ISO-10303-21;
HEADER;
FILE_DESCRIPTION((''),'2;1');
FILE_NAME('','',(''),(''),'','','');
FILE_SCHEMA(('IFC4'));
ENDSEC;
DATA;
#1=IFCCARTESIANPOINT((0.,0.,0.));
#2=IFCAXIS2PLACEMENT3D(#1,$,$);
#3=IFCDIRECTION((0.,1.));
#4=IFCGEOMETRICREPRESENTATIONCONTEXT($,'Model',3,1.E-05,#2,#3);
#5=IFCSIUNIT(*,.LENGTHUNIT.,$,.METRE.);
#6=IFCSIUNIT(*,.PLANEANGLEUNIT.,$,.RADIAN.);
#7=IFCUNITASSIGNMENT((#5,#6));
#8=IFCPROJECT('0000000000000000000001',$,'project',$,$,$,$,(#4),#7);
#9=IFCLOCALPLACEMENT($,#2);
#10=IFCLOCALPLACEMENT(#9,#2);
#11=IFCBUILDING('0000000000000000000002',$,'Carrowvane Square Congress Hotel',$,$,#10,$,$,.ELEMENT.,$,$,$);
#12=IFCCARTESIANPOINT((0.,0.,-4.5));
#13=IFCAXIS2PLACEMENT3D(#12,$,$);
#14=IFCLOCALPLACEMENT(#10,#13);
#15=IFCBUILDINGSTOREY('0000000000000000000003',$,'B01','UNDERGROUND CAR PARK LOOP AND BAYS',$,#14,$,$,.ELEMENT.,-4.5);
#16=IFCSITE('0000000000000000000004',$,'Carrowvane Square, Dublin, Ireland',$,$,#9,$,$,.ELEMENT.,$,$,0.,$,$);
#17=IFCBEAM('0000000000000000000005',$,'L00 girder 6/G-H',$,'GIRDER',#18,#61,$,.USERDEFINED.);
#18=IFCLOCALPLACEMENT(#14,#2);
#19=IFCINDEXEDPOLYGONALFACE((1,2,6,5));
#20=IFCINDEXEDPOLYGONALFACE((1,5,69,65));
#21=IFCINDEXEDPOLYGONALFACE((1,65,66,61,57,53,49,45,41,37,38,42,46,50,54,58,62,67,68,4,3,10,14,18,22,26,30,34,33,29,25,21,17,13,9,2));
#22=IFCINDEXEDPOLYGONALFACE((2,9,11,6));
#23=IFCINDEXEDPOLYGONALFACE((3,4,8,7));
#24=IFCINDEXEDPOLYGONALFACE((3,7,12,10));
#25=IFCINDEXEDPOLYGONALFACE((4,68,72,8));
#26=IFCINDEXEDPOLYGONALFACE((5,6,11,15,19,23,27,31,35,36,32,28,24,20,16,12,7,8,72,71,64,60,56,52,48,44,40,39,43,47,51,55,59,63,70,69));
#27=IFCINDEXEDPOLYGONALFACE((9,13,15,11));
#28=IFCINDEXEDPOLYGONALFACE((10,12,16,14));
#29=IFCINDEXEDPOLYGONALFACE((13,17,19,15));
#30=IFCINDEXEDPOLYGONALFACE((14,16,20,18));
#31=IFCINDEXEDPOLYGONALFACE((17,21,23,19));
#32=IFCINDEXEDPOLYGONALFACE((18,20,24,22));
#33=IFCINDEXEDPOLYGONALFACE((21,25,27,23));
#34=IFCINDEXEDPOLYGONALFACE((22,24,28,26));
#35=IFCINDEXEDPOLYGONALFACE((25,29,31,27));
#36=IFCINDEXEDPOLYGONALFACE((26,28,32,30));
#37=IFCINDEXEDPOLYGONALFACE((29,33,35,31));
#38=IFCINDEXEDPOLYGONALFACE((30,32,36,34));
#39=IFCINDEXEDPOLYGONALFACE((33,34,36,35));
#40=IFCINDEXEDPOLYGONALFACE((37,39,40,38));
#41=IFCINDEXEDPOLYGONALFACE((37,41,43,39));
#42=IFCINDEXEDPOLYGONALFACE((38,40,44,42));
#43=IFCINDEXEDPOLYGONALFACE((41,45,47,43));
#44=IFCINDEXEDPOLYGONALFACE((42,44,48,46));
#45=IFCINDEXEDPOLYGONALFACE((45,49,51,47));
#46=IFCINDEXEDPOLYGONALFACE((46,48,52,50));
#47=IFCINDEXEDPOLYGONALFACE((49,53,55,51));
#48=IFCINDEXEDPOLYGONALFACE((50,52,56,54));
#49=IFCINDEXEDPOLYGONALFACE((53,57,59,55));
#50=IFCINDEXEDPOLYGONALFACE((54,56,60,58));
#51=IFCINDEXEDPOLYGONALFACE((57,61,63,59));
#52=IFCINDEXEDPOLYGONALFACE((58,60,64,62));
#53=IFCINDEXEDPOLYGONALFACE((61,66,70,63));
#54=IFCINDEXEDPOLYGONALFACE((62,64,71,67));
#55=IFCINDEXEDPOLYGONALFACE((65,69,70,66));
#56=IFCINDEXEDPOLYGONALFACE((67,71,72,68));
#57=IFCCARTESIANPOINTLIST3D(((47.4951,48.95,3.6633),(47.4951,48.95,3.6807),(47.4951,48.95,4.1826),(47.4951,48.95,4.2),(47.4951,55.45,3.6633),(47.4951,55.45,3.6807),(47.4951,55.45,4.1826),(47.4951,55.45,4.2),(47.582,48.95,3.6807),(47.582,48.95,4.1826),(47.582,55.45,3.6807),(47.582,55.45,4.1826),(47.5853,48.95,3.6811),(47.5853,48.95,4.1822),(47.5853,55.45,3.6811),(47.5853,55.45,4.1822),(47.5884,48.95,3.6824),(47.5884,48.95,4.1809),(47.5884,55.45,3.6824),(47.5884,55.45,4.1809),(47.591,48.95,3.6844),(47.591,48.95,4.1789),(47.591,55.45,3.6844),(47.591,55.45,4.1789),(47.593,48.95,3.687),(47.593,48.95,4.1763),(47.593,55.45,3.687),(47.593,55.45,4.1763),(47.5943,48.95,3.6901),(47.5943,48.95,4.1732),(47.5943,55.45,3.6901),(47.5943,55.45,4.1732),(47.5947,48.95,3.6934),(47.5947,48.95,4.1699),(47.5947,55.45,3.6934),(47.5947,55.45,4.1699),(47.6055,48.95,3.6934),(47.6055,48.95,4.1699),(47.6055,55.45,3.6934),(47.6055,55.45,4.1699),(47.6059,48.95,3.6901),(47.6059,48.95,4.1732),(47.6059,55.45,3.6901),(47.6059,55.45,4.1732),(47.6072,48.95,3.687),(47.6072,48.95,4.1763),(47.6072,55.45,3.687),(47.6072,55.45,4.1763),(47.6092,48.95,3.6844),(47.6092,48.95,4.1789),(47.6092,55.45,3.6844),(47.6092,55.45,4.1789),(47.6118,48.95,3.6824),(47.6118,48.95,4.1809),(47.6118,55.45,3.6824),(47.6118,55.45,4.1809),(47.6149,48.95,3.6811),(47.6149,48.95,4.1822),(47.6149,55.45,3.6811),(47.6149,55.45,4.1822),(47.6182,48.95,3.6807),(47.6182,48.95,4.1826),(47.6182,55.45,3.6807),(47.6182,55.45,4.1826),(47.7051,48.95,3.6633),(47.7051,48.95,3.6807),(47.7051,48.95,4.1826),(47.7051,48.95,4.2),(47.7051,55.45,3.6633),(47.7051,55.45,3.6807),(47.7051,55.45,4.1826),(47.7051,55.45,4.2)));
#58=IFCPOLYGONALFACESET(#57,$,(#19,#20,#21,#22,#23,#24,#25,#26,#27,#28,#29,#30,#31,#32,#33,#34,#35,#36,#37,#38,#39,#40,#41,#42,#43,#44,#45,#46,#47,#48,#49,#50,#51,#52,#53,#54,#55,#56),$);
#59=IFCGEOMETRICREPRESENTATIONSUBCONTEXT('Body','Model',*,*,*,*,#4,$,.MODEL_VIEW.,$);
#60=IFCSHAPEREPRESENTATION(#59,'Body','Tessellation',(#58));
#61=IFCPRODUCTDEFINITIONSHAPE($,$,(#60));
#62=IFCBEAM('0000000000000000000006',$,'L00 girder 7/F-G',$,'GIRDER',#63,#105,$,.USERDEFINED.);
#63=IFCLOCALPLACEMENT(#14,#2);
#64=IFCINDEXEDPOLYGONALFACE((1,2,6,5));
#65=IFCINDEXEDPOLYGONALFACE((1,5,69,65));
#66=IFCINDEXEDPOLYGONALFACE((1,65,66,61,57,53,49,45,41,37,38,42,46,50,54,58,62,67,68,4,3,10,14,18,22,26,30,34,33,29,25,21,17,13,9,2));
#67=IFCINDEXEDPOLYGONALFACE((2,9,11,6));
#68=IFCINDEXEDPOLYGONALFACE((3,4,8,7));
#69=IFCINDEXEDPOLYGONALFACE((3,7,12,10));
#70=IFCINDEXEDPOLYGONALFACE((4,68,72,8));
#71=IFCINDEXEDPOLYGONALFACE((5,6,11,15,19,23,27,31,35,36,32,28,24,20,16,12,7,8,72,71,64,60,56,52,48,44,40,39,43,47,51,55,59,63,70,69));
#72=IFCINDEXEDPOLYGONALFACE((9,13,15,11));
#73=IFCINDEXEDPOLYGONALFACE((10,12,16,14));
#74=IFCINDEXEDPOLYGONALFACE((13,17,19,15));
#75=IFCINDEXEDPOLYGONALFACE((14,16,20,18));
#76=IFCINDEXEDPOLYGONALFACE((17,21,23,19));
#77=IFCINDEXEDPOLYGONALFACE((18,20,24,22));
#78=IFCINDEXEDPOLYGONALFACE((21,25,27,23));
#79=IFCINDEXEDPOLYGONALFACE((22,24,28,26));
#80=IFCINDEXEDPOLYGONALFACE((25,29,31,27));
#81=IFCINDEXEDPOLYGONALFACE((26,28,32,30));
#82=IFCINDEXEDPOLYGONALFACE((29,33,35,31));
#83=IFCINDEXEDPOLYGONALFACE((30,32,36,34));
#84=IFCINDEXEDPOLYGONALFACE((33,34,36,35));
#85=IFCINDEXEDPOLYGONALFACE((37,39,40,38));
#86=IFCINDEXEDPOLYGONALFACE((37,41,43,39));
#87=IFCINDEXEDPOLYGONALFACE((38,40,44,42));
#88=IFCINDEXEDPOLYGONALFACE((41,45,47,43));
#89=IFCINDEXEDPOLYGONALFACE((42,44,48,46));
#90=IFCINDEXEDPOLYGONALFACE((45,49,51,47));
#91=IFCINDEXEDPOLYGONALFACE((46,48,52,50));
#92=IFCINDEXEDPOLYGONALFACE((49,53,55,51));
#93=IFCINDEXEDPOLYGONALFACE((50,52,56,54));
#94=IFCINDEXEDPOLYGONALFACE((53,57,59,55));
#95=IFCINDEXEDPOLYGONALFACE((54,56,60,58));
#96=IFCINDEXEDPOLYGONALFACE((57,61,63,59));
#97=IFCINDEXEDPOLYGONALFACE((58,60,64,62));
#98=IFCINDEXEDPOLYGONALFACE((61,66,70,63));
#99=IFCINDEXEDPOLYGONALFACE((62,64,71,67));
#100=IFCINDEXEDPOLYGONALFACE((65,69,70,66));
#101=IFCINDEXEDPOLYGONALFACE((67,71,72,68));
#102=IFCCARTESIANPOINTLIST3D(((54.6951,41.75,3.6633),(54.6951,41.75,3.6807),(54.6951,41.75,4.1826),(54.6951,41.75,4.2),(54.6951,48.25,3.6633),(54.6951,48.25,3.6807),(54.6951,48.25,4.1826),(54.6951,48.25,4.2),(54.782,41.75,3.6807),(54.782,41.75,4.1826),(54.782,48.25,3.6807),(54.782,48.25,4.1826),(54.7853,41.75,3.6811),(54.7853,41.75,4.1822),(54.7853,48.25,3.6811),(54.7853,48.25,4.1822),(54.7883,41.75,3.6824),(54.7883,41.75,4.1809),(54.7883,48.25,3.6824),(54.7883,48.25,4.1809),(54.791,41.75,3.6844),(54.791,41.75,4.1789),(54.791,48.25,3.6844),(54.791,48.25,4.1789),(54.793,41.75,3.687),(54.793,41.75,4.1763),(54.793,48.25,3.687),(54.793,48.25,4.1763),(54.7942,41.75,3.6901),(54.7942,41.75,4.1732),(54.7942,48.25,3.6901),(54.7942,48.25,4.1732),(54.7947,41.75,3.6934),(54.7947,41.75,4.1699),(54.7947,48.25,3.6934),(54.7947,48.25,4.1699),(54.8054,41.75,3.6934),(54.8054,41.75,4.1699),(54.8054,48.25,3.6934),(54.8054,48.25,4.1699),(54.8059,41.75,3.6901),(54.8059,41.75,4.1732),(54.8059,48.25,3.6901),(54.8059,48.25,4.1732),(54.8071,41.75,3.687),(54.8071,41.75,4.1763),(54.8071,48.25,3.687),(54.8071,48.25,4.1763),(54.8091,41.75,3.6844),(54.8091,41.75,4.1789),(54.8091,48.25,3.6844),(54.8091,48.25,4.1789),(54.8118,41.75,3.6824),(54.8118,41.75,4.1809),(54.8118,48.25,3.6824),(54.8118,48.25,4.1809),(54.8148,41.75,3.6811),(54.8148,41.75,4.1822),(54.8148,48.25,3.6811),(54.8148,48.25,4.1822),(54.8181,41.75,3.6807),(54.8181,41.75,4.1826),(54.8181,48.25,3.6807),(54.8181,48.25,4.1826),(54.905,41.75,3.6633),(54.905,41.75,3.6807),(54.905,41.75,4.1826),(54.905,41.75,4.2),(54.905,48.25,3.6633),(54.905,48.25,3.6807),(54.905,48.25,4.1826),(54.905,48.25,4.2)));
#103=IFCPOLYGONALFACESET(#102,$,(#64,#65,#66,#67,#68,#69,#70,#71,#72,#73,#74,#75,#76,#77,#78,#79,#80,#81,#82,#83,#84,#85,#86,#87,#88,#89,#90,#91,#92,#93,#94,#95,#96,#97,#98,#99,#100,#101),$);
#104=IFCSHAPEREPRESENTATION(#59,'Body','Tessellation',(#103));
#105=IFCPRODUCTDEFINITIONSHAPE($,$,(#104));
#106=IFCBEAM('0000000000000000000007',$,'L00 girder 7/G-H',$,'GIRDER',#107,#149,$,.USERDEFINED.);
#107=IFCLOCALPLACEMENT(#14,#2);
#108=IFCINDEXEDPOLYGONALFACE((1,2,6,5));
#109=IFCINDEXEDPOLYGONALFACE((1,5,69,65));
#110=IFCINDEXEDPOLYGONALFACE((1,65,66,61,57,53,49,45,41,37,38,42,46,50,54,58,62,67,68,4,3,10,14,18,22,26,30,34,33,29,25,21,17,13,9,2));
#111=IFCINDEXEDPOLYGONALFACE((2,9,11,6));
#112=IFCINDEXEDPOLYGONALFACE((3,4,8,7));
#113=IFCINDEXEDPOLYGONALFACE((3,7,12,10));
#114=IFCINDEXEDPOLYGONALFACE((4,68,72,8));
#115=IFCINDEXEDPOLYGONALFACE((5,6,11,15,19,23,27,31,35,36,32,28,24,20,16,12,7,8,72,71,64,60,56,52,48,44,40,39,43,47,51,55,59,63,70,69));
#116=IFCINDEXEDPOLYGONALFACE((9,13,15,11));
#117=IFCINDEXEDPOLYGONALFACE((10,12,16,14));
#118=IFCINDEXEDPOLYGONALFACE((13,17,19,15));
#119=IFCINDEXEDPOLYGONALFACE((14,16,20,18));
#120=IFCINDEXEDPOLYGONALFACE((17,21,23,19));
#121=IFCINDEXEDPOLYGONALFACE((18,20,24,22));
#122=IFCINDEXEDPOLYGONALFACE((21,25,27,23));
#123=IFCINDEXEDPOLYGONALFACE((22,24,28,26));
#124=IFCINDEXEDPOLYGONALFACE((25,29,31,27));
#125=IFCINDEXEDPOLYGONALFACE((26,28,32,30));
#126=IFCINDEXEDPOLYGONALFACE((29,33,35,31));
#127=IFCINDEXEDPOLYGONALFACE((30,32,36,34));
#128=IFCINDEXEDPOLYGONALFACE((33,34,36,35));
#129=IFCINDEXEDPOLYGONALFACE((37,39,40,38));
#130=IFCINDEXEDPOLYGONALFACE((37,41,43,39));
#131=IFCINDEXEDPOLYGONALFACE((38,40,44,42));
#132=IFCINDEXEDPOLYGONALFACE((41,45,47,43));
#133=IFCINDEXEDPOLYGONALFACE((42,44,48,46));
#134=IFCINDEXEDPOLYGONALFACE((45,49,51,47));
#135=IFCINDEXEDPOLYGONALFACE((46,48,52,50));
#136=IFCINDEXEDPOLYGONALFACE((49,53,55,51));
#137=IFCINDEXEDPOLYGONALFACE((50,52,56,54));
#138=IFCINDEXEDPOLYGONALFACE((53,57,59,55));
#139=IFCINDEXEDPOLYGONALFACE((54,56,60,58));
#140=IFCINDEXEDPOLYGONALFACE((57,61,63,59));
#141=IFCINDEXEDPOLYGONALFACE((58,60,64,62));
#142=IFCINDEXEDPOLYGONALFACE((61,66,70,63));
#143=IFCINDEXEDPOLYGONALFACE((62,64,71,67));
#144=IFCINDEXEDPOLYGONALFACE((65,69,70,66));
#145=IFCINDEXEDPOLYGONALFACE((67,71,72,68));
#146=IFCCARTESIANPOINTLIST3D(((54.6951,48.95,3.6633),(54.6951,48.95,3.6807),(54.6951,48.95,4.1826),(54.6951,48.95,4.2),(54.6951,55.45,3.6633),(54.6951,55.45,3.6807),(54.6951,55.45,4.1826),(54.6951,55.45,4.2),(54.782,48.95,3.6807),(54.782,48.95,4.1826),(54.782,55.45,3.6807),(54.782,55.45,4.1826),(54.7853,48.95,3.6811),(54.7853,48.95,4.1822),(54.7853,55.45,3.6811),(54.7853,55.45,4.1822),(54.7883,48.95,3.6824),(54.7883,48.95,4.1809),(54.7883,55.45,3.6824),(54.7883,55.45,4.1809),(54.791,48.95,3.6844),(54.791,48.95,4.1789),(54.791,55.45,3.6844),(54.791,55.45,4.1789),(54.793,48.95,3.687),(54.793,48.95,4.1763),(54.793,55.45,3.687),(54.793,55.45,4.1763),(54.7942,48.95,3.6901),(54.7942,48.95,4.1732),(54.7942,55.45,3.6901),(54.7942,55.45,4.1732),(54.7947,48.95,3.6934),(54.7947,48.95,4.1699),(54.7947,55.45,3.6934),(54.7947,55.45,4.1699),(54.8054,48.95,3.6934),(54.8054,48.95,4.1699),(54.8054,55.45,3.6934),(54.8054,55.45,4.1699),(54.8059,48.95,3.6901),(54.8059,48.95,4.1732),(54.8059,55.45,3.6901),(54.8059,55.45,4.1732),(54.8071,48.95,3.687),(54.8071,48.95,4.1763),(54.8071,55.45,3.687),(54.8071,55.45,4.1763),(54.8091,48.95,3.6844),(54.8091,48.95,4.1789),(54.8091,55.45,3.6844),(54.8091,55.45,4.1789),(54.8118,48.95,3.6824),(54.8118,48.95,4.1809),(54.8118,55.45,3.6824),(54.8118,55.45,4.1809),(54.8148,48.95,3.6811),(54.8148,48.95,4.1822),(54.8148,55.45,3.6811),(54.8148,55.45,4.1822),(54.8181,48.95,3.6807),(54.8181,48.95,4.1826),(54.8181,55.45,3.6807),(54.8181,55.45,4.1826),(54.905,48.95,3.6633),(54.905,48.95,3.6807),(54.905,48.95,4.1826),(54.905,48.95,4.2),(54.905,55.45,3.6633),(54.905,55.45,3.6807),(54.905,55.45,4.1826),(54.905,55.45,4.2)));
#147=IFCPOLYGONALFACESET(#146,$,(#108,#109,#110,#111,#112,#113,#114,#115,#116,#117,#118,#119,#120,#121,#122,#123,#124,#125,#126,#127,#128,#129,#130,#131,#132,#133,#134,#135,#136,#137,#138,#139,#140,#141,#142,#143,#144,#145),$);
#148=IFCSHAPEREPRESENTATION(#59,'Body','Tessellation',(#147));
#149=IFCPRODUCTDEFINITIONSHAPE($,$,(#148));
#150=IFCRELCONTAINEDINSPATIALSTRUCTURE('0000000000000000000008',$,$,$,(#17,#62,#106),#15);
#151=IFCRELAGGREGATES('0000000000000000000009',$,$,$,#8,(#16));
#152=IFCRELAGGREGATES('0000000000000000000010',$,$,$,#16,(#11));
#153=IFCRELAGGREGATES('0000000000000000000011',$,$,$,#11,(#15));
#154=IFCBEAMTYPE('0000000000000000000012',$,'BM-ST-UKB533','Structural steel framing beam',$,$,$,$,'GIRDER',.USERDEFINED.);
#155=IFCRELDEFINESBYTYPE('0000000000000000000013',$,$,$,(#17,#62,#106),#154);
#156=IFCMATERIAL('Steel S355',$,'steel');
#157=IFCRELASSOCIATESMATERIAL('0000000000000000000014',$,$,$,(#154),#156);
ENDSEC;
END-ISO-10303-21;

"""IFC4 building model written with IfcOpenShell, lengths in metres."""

from ifc_helpers import new_model, si_unit, direction, frame, origin, origin_2d, place, context, subcontext, project, spatial, i_section, extrude, material, material_profile, profile_set, type_object, element, save


model = new_model("IFC4")

# Units and contexts
model_context = context("Model", 3, precision=1e-05, world=origin(), true_north=direction((0.0, 1.0)))
body_context = subcontext(model_context, "Body", "Model", "MODEL_VIEW")
ifc_project = project(units=[si_unit("LENGTHUNIT", "METRE"), si_unit("PLANEANGLEUNIT", "RADIAN")], contexts=[model_context])

# Site, building, storey
site_placement = place(None, origin())
site = spatial("IfcSite", under=ifc_project, at=site_placement, Name="Carrowvane Square, Dublin, Ireland", CompositionType="ELEMENT", RefElevation=0.0)
building_placement = place(site_placement, origin())
building = spatial("IfcBuilding", under=site, at=building_placement, Name="Carrowvane Square Congress Hotel", CompositionType="ELEMENT")
storey_placement = place(building_placement, frame((0.0, 0.0, -4.5)))
storey = spatial("IfcBuildingStorey", under=building, at=storey_placement, Name="B01", Description="UNDERGROUND CAR PARK LOOP AND BAYS", CompositionType="ELEMENT", Elevation=-4.5)

# Beams
ifc_material_1 = material(Name="Steel S355", Category="steel")
ifc_material_profile_1 = material_profile(ifc_material_1, i_section(OverallWidth=0.21, OverallDepth=0.5366, WebThickness=0.0107, FlangeThickness=0.0173, FilletRadius=0.0127, at=origin_2d()), Name="UKB 533x210x101")
ifc_profile_set_1 = profile_set([ifc_material_profile_1], Name="Steel S355")
beam_type_1 = type_object("IfcBeamType", Name="BM-ST-UKB533", Description="Structural steel framing beam", ElementType="GIRDER", PredefinedType="USERDEFINED", material=ifc_profile_set_1)
for number, where, z_axis, x_axis, name in (
    (1, (47.6001, 48.95, 3.9316), (0.0, 1.0, 0.0), (-1.0, 0.0, 0.0), "L00 girder 6/G-H"),
    (2, (54.8, 41.75, 3.9316), (0.0, 1.0, 0.0), (-1.0, 0.0, 0.0), "L00 girder 7/F-G"),
    (3, (54.8, 48.95, 3.9316), (0.0, 1.0, 0.0), (-1.0, 0.0, 0.0), "L00 girder 7/G-H"),
):
    element("IfcBeam", number, at=place(storey_placement, frame(where, z_axis=z_axis, x_axis=x_axis)), inside=storey, type_object=beam_type_1, Name=name, ObjectType="GIRDER", PredefinedType="USERDEFINED", context=body_context, shape_type="SweptSolid", body=[
        extrude(i_section(OverallWidth=0.21, OverallDepth=0.5366, WebThickness=0.0107, FlangeThickness=0.0173, FilletRadius=0.0127, at=origin_2d()), origin(), (0.0, 0.0, 1.0), 6.5),
    ])

save(model, "model.ifc")
